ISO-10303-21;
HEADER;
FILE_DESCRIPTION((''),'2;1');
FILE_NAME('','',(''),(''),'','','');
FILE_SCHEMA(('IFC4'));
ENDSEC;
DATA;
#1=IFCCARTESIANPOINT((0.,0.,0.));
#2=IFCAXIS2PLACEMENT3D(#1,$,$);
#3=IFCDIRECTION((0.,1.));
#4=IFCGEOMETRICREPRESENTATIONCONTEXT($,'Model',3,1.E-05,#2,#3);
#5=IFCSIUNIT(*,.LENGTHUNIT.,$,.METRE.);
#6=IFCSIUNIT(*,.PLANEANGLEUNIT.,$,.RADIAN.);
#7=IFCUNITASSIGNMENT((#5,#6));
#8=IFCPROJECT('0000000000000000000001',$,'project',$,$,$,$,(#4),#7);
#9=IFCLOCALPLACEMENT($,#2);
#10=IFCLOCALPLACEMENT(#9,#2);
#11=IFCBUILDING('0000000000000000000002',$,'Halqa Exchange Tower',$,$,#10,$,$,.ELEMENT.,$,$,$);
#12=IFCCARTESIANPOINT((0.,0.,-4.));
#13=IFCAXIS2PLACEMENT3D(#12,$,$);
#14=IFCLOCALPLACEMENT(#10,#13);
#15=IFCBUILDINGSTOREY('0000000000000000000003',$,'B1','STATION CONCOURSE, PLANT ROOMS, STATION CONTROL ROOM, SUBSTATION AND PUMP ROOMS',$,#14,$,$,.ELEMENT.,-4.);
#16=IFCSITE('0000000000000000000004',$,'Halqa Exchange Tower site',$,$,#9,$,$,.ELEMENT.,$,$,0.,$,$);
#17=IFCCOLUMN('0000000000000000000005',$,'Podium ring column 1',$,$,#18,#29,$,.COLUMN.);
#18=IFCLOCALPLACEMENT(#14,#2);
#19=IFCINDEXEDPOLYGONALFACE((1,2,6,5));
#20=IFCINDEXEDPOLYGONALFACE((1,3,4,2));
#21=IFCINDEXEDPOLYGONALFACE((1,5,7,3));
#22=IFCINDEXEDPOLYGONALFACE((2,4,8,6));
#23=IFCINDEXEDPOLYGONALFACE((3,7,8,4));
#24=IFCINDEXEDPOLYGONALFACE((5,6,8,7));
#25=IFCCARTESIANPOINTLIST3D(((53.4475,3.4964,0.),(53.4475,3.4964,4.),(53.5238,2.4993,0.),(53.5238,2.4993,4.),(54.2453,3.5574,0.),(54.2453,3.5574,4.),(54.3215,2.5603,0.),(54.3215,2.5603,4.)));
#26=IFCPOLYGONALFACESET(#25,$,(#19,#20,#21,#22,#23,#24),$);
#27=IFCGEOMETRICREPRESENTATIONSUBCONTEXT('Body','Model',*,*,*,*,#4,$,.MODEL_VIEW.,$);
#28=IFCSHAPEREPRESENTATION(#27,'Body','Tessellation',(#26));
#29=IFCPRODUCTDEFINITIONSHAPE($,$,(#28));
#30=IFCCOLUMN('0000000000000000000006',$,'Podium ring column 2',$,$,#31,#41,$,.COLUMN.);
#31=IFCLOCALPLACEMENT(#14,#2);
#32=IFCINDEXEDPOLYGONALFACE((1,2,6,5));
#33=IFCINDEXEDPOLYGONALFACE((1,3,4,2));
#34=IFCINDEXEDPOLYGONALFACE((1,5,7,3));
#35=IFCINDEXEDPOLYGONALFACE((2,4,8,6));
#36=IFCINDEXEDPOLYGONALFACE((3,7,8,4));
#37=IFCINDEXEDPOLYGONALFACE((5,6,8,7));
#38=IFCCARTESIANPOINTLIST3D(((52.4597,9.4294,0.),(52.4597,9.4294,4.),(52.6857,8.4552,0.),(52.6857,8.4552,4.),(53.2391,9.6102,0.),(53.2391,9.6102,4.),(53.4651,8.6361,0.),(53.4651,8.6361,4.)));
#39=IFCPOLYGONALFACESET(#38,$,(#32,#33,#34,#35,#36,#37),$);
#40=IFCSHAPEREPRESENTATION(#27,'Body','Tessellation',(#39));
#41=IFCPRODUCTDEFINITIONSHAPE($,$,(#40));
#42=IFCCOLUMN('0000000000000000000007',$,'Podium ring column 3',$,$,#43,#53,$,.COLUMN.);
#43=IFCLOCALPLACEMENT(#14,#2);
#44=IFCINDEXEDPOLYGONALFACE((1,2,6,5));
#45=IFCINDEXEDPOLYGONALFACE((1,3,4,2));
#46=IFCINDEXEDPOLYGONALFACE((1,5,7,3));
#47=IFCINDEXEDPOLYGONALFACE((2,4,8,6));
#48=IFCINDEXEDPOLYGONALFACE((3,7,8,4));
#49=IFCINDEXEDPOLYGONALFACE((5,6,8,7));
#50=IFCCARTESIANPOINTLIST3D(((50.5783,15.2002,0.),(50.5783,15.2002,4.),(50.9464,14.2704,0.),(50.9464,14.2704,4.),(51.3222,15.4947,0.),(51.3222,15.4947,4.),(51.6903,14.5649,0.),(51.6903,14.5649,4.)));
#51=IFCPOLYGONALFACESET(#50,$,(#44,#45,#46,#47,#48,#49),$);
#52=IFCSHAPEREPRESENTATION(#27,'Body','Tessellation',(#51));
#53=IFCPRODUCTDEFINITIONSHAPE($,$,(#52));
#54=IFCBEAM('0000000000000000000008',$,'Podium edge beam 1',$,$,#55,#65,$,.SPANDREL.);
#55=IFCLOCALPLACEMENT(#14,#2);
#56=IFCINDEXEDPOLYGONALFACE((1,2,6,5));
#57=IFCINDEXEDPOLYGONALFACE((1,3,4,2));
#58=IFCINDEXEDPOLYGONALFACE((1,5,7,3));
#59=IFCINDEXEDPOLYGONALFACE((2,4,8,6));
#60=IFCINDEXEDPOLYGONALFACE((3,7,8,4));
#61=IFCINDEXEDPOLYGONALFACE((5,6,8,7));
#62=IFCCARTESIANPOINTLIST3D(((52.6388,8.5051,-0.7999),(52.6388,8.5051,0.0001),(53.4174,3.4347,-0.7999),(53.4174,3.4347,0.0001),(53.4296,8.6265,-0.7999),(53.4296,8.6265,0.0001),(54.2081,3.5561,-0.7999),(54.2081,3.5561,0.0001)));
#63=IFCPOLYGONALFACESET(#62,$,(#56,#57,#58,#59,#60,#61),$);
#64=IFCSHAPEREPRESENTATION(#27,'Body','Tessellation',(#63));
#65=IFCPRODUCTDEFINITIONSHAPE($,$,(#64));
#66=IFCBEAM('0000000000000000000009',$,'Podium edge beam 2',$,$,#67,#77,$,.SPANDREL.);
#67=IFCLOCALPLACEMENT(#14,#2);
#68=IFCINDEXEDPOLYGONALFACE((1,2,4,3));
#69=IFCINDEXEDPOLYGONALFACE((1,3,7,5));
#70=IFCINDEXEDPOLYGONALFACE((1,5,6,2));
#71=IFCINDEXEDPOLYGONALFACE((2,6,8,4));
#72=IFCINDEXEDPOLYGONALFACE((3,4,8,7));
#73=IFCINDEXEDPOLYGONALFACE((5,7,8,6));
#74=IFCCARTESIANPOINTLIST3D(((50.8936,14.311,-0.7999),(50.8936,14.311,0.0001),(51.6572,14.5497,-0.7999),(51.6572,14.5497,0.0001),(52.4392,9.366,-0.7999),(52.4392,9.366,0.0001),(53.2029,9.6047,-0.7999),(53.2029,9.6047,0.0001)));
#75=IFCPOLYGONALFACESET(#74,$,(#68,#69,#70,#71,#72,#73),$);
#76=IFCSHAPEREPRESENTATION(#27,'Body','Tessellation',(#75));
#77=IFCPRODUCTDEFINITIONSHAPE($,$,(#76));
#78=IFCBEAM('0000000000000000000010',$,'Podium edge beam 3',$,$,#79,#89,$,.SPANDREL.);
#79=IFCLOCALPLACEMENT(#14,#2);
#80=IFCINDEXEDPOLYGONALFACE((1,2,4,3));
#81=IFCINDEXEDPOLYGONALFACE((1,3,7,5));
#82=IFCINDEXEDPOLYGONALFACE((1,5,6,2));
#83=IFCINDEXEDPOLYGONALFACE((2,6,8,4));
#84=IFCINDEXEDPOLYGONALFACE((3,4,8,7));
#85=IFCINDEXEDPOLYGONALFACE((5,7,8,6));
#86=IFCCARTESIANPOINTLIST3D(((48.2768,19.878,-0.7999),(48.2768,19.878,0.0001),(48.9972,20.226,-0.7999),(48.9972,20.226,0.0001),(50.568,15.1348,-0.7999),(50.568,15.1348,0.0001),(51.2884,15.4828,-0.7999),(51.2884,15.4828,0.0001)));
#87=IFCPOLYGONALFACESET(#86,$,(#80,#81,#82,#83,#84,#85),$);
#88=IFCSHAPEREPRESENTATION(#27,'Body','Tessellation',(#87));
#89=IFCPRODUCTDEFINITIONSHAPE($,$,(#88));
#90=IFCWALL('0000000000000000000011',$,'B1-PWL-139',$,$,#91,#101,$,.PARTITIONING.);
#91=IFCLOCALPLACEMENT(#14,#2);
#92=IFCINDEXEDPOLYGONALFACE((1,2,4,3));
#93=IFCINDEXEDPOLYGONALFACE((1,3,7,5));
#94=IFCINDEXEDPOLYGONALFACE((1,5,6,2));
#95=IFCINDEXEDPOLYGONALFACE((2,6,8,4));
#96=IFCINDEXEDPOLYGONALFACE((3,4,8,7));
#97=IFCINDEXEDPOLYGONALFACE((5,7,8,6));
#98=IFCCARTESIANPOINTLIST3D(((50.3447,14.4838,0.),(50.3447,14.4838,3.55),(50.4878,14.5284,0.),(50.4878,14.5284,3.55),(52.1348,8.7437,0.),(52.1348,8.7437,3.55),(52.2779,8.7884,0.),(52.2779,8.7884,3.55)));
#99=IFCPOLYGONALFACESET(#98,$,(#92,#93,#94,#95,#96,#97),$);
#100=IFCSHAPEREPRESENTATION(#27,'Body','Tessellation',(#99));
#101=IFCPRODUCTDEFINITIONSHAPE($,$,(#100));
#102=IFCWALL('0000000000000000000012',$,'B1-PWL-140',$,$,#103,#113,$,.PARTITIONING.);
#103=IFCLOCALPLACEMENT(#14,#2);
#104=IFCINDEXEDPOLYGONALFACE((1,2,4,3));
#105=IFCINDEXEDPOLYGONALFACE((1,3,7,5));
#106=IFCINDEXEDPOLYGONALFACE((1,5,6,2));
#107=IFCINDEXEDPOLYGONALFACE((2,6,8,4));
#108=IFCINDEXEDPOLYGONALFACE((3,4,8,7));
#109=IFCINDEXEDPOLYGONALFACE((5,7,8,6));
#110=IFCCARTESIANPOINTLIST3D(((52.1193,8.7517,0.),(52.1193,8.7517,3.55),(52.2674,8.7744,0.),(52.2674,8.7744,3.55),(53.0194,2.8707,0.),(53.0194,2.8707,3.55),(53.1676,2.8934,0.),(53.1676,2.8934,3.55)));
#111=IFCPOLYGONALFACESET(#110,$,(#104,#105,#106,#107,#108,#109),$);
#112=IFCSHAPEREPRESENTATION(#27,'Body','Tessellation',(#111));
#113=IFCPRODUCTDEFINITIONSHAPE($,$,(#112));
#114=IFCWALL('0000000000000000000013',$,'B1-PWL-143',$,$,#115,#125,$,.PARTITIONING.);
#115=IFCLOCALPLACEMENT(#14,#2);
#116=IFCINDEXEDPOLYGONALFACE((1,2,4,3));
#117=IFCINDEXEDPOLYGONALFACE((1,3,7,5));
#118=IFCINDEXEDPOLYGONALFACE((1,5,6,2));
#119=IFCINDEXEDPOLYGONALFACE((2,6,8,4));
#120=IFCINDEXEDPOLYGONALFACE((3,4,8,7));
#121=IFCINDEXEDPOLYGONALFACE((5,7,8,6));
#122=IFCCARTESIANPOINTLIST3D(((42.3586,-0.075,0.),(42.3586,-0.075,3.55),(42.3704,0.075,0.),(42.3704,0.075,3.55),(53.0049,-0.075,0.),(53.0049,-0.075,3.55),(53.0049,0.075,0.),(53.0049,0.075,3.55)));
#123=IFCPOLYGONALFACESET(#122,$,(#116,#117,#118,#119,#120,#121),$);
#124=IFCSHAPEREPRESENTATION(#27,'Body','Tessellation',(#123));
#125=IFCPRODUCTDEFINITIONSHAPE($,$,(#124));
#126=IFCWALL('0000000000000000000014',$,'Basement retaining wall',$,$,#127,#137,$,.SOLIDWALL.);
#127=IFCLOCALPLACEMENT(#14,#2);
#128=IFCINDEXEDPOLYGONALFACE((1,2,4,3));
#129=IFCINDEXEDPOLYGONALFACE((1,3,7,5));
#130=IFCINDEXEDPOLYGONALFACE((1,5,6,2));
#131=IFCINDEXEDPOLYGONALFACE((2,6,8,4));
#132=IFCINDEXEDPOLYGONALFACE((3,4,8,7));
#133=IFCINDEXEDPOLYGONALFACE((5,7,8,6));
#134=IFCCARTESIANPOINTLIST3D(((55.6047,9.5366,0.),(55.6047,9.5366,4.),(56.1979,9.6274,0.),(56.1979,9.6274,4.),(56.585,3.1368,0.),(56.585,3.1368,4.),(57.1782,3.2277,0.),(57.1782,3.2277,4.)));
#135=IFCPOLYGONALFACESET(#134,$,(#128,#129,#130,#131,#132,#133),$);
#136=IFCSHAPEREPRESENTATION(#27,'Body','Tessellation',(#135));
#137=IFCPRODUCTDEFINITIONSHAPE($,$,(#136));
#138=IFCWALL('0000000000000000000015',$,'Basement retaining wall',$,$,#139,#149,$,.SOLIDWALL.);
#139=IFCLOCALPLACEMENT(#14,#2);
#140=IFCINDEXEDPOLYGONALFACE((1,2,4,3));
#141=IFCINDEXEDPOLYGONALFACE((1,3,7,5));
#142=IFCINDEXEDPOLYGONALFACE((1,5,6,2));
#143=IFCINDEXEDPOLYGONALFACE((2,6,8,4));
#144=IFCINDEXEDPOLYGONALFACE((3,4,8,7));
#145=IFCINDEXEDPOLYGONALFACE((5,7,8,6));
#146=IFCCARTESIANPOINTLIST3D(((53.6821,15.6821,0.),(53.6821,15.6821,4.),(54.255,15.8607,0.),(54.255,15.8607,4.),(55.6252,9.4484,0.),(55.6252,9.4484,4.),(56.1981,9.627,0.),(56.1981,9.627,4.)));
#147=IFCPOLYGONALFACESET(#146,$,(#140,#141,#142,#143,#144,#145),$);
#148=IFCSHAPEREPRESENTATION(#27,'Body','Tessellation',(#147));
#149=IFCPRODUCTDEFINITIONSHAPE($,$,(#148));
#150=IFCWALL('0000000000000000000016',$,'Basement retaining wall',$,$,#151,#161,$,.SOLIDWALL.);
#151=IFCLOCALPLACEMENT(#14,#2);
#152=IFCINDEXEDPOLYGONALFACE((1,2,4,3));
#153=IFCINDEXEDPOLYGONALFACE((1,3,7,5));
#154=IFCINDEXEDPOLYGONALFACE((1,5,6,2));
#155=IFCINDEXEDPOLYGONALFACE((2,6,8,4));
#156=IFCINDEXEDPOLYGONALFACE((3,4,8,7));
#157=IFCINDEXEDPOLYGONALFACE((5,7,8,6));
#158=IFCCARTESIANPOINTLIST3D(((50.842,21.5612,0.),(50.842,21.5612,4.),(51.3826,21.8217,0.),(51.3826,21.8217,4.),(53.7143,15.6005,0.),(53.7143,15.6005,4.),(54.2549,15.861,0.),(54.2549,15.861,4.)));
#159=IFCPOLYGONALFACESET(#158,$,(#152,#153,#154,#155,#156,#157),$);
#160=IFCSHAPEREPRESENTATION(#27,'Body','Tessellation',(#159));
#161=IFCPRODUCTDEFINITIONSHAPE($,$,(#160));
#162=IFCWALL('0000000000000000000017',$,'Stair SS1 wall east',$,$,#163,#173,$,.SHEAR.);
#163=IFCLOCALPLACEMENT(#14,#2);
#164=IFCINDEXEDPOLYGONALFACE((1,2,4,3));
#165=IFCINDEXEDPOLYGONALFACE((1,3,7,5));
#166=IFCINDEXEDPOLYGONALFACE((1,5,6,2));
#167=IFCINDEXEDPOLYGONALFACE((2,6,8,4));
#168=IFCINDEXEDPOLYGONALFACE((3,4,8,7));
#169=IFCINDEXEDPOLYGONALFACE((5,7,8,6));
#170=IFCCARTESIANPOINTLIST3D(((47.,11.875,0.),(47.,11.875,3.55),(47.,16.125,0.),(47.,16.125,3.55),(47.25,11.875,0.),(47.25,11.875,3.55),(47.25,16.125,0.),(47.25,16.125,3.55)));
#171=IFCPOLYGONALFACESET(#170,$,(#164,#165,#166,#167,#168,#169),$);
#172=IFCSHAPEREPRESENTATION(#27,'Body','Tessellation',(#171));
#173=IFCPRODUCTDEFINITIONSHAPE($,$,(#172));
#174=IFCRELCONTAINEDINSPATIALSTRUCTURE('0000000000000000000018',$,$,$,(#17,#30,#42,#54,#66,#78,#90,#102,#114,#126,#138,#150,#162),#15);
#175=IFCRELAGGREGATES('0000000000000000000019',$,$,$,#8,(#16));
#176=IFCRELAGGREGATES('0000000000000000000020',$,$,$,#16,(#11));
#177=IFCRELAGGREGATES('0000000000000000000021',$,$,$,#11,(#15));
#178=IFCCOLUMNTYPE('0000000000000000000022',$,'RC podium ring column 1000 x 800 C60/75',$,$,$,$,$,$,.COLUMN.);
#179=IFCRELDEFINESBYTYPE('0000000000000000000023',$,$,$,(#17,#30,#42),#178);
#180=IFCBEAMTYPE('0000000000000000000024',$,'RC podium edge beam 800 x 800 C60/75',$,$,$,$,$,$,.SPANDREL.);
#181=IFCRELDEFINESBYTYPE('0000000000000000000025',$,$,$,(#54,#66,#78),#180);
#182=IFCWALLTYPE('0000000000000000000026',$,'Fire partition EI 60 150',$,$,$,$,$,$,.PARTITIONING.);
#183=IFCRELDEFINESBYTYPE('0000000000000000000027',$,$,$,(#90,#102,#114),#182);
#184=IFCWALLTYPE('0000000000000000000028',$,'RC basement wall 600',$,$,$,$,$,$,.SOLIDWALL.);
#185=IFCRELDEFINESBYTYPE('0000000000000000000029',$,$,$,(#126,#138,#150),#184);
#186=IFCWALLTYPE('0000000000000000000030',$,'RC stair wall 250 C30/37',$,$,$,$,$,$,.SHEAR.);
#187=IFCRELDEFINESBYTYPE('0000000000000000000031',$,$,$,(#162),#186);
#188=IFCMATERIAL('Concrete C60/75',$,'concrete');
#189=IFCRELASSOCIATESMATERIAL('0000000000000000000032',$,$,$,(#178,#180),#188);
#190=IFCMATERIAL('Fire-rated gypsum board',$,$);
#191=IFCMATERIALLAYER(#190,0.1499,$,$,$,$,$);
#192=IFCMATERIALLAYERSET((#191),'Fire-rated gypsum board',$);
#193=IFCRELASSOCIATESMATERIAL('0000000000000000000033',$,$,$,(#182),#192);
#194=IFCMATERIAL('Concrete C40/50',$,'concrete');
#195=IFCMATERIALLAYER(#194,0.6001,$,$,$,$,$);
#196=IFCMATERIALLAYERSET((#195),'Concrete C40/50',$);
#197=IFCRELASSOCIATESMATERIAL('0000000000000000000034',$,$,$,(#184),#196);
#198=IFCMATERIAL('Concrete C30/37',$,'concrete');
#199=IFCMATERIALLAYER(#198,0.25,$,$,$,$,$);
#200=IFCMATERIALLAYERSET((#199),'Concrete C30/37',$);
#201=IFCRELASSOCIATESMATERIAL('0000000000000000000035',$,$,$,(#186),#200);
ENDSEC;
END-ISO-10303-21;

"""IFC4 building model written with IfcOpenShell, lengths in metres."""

from ifc_helpers import new_model, si_unit, direction, frame, frame_2d, origin, origin_2d, place, context, subcontext, project, spatial, polyline, rectangle, outline, extrude, material, layer, layer_set, material_profile, profile_set, type_object, element, save


model = new_model("IFC4")

# Units and contexts
model_context = context("Model", 3, precision=1e-05, world=origin(), true_north=direction((0.0, 1.0)))
body_context = subcontext(model_context, "Body", "Model", "MODEL_VIEW")
ifc_project = project(units=[si_unit("LENGTHUNIT", "METRE"), si_unit("PLANEANGLEUNIT", "RADIAN")], contexts=[model_context])

# Site, building, storey
site_placement = place(None, origin())
site = spatial("IfcSite", under=ifc_project, at=site_placement, Name="Halqa Exchange Tower site", CompositionType="ELEMENT", RefElevation=0.0)
building_placement = place(site_placement, origin())
building = spatial("IfcBuilding", under=site, at=building_placement, Name="Halqa Exchange Tower", CompositionType="ELEMENT")
storey_placement = place(building_placement, frame((0.0, 0.0, -4.0)))
storey = spatial("IfcBuildingStorey", under=building, at=storey_placement, Name="B1", Description="STATION CONCOURSE, PLANT ROOMS, STATION CONTROL ROOM, SUBSTATION AND PUMP ROOMS", CompositionType="ELEMENT", Elevation=-4.0)

# Columns
ifc_material_1 = material(Name="Concrete C60/75", Category="concrete")
ifc_material_profile_1 = material_profile(ifc_material_1, rectangle(XDim=1.0, YDim=0.8, at=origin_2d()), Name="1000 x 800")
ifc_profile_set_1 = profile_set([ifc_material_profile_1], Name="Concrete C60/75")
column_type = type_object("IfcColumnType", Name="RC podium ring column 1000 x 800 C60/75", PredefinedType="COLUMN", material=ifc_profile_set_1)
for number, where, z_axis, x_axis, name in (
    (1, (53.8845, 3.0283, 0.0), (0.0, 0.0, 1.0), (-0.076223, 0.997091, 0.0), "Podium ring column 1"),
    (2, (52.9624, 9.0327, 0.0), (0.0, 0.0, 1.0), (-0.225997, 0.974128, 0.0), "Podium ring column 2"),
    (3, (51.1343, 14.8826, 0.0), (0.0, 0.0, 1.0), (-0.36811, 0.929782, 0.0), "Podium ring column 3"),
):
    element("IfcColumn", number, at=place(storey_placement, frame(where, z_axis=z_axis, x_axis=x_axis)), inside=storey, type_object=column_type, Name=name, PredefinedType="COLUMN", context=body_context, shape_type="SweptSolid", body=[
        extrude(rectangle(XDim=1.0, YDim=0.8, at=origin_2d()), origin(), (0.0, 0.0, 1.0), 4.0),
    ])

# Beams
ifc_material_profile_2 = material_profile(ifc_material_1, rectangle(XDim=0.8, YDim=0.8, at=origin_2d()), Name="800 x 800")
ifc_profile_set_2 = profile_set([ifc_material_profile_2], Name="Concrete C60/75")
beam_type = type_object("IfcBeamType", Name="RC podium edge beam 800 x 800 C60/75", PredefinedType="SPANDREL", material=ifc_profile_set_2)
beam_1_placement = place(storey_placement, frame((53.8127, 3.4954, -0.3999), z_axis=(-0.151768, 0.988416, 0.0), x_axis=(-0.988416, -0.151768, 0.0)))
element("IfcBeam", 4, at=beam_1_placement, inside=storey, type_object=beam_type, Name="Podium edge beam 1", PredefinedType="SPANDREL", context=body_context, shape_type="SweptSolid", body=[
    extrude(rectangle(XDim=0.8, YDim=0.8, at=origin_2d()), origin(), (0.0, 0.0, 1.0), 5.1299),
])
beam_2_placement = place(storey_placement, frame((52.821, 9.4854, -0.3999), z_axis=(-0.298331, 0.954462, 0.0), x_axis=(-0.954462, -0.298331, 0.0)))
element("IfcBeam", 5, at=beam_2_placement, inside=storey, type_object=beam_type, Name="Podium edge beam 2", PredefinedType="SPANDREL", context=body_context, shape_type="SweptSolid", body=[
    extrude(rectangle(XDim=0.8, YDim=0.8, at=origin_2d()), origin(), (0.0, 0.0, 1.0), 5.1809),
])
beam_3_placement = place(storey_placement, frame((50.9282, 15.3088, -0.3999), z_axis=(-0.434973, 0.900443, 0.0), x_axis=(-0.900443, -0.434973, 0.0)))
element("IfcBeam", 6, at=beam_3_placement, inside=storey, type_object=beam_type, Name="Podium edge beam 3", PredefinedType="SPANDREL", context=body_context, shape_type="SweptSolid", body=[
    extrude(rectangle(XDim=0.8, YDim=0.8, at=origin_2d()), origin(), (0.0, 0.0, 1.0), 5.2676),
])

# Walls
ifc_material_2 = material(Name="Fire-rated gypsum board")
ifc_layer_1 = layer(ifc_material_2, 0.1499)
ifc_layer_set_1 = layer_set([ifc_layer_1], Name="Fire-rated gypsum board")
wall_type_1 = type_object("IfcWallType", Name="Fire partition EI 60 150", PredefinedType="PARTITIONING", material=ifc_layer_set_1)
wall_1_placement = place(storey_placement, frame((50.4163, 14.5061, 0.0), z_axis=(0.0, 0.0, 1.0), x_axis=(0.297713, -0.954655, 0.0)))
element("IfcWall", 7, at=wall_1_placement, inside=storey, type_object=wall_type_1, Name="B1-PWL-139", PredefinedType="PARTITIONING", context=body_context, shape_type="SweptSolid", body=[
    extrude(rectangle(XDim=6.0127, YDim=0.1499, at=frame_2d((3.0063, 0.0))), origin(), (0.0, 0.0, 1.0), 3.55),
])
wall_2_placement = place(storey_placement, frame((52.1934, 8.7629, 0.0), z_axis=(0.0, 0.0, 1.0), x_axis=(0.151302, -0.988488, 0.0)))
element("IfcWall", 8, at=wall_2_placement, inside=storey, type_object=wall_type_1, Name="B1-PWL-140", PredefinedType="PARTITIONING", context=body_context, shape_type="SweptSolid", body=[
    extrude(rectangle(XDim=5.9495, YDim=0.1499, at=frame_2d((2.9746, 0.0))), origin(), (0.0, 0.0, 1.0), 3.55),
])
wall_3_placement = place(storey_placement, frame((53.0049, 0.0, 0.0), z_axis=(0.0, 0.0, 1.0), x_axis=(-1.0, 0.0, 0.0)))
element("IfcWall", 9, at=wall_3_placement, inside=storey, type_object=wall_type_1, Name="B1-PWL-143", PredefinedType="PARTITIONING", context=body_context, shape_type="SweptSolid", body=[
    extrude(outline(polyline([(0.0, -0.075), (10.6345, -0.075), (10.6462, 0.075), (0.0, 0.075), (0.0, -0.075)])), origin(), (0.0, 0.0, 1.0), 3.55),
])
ifc_material_3 = material(Name="Concrete C40/50", Category="concrete")
ifc_layer_2 = layer(ifc_material_3, 0.6001)
ifc_layer_set_2 = layer_set([ifc_layer_2], Name="Concrete C40/50")
wall_type_2 = type_object("IfcWallType", Name="RC basement wall 600", PredefinedType="SOLIDWALL", material=ifc_layer_set_2)
wall_4_placement = place(storey_placement, frame((56.8816, 3.1821, 0.0), z_axis=(0.0, 0.0, 1.0), x_axis=(-0.151403, 0.988472, 0.0)))
element("IfcWall", 10, at=wall_4_placement, inside=storey, type_object=wall_type_2, Name="Basement retaining wall", PredefinedType="SOLIDWALL", context=body_context, shape_type="SweptSolid", body=[
    extrude(rectangle(XDim=6.4744, YDim=0.6001, at=frame_2d((3.2373, 0.0))), origin(), (0.0, 0.0, 1.0), 4.0),
])
wall_5_placement = place(storey_placement, frame((55.9116, 9.5378, 0.0), z_axis=(0.0, 0.0, 1.0), x_axis=(-0.297592, 0.954693, 0.0)))
element("IfcWall", 11, at=wall_5_placement, inside=storey, type_object=wall_type_2, Name="Basement retaining wall", PredefinedType="SOLIDWALL", context=body_context, shape_type="SweptSolid", body=[
    extrude(rectangle(XDim=6.5295, YDim=0.6001, at=frame_2d((3.2646, 0.0))), origin(), (0.0, 0.0, 1.0), 4.0),
])
wall_6_placement = place(storey_placement, frame((53.9846, 15.7307, 0.0), z_axis=(0.0, 0.0, 1.0), x_axis=(-0.434104, 0.900863, 0.0)))
element("IfcWall", 12, at=wall_6_placement, inside=storey, type_object=wall_type_2, Name="Basement retaining wall", PredefinedType="SOLIDWALL", context=body_context, shape_type="SweptSolid", body=[
    extrude(rectangle(XDim=6.6167, YDim=0.6001, at=frame_2d((3.3083, 0.0))), origin(), (0.0, 0.0, 1.0), 4.0),
])
ifc_material_4 = material(Name="Concrete C30/37", Category="concrete")
ifc_layer_3 = layer(ifc_material_4, 0.25)
ifc_layer_set_3 = layer_set([ifc_layer_3], Name="Concrete C30/37")
wall_type_3 = type_object("IfcWallType", Name="RC stair wall 250 C30/37", PredefinedType="SHEAR", material=ifc_layer_set_3)
wall_7_placement = place(storey_placement, frame((47.125, 11.875, 0.0), z_axis=(0.0, 0.0, 1.0), x_axis=(0.0, 1.0, 0.0)))
element("IfcWall", 13, at=wall_7_placement, inside=storey, type_object=wall_type_3, Name="Stair SS1 wall east", PredefinedType="SHEAR", context=body_context, shape_type="SweptSolid", body=[
    extrude(rectangle(XDim=4.25, YDim=0.25, at=frame_2d((2.125, 0.0))), origin(), (0.0, 0.0, 1.0), 3.55),
])

save(model, "model.ifc")
